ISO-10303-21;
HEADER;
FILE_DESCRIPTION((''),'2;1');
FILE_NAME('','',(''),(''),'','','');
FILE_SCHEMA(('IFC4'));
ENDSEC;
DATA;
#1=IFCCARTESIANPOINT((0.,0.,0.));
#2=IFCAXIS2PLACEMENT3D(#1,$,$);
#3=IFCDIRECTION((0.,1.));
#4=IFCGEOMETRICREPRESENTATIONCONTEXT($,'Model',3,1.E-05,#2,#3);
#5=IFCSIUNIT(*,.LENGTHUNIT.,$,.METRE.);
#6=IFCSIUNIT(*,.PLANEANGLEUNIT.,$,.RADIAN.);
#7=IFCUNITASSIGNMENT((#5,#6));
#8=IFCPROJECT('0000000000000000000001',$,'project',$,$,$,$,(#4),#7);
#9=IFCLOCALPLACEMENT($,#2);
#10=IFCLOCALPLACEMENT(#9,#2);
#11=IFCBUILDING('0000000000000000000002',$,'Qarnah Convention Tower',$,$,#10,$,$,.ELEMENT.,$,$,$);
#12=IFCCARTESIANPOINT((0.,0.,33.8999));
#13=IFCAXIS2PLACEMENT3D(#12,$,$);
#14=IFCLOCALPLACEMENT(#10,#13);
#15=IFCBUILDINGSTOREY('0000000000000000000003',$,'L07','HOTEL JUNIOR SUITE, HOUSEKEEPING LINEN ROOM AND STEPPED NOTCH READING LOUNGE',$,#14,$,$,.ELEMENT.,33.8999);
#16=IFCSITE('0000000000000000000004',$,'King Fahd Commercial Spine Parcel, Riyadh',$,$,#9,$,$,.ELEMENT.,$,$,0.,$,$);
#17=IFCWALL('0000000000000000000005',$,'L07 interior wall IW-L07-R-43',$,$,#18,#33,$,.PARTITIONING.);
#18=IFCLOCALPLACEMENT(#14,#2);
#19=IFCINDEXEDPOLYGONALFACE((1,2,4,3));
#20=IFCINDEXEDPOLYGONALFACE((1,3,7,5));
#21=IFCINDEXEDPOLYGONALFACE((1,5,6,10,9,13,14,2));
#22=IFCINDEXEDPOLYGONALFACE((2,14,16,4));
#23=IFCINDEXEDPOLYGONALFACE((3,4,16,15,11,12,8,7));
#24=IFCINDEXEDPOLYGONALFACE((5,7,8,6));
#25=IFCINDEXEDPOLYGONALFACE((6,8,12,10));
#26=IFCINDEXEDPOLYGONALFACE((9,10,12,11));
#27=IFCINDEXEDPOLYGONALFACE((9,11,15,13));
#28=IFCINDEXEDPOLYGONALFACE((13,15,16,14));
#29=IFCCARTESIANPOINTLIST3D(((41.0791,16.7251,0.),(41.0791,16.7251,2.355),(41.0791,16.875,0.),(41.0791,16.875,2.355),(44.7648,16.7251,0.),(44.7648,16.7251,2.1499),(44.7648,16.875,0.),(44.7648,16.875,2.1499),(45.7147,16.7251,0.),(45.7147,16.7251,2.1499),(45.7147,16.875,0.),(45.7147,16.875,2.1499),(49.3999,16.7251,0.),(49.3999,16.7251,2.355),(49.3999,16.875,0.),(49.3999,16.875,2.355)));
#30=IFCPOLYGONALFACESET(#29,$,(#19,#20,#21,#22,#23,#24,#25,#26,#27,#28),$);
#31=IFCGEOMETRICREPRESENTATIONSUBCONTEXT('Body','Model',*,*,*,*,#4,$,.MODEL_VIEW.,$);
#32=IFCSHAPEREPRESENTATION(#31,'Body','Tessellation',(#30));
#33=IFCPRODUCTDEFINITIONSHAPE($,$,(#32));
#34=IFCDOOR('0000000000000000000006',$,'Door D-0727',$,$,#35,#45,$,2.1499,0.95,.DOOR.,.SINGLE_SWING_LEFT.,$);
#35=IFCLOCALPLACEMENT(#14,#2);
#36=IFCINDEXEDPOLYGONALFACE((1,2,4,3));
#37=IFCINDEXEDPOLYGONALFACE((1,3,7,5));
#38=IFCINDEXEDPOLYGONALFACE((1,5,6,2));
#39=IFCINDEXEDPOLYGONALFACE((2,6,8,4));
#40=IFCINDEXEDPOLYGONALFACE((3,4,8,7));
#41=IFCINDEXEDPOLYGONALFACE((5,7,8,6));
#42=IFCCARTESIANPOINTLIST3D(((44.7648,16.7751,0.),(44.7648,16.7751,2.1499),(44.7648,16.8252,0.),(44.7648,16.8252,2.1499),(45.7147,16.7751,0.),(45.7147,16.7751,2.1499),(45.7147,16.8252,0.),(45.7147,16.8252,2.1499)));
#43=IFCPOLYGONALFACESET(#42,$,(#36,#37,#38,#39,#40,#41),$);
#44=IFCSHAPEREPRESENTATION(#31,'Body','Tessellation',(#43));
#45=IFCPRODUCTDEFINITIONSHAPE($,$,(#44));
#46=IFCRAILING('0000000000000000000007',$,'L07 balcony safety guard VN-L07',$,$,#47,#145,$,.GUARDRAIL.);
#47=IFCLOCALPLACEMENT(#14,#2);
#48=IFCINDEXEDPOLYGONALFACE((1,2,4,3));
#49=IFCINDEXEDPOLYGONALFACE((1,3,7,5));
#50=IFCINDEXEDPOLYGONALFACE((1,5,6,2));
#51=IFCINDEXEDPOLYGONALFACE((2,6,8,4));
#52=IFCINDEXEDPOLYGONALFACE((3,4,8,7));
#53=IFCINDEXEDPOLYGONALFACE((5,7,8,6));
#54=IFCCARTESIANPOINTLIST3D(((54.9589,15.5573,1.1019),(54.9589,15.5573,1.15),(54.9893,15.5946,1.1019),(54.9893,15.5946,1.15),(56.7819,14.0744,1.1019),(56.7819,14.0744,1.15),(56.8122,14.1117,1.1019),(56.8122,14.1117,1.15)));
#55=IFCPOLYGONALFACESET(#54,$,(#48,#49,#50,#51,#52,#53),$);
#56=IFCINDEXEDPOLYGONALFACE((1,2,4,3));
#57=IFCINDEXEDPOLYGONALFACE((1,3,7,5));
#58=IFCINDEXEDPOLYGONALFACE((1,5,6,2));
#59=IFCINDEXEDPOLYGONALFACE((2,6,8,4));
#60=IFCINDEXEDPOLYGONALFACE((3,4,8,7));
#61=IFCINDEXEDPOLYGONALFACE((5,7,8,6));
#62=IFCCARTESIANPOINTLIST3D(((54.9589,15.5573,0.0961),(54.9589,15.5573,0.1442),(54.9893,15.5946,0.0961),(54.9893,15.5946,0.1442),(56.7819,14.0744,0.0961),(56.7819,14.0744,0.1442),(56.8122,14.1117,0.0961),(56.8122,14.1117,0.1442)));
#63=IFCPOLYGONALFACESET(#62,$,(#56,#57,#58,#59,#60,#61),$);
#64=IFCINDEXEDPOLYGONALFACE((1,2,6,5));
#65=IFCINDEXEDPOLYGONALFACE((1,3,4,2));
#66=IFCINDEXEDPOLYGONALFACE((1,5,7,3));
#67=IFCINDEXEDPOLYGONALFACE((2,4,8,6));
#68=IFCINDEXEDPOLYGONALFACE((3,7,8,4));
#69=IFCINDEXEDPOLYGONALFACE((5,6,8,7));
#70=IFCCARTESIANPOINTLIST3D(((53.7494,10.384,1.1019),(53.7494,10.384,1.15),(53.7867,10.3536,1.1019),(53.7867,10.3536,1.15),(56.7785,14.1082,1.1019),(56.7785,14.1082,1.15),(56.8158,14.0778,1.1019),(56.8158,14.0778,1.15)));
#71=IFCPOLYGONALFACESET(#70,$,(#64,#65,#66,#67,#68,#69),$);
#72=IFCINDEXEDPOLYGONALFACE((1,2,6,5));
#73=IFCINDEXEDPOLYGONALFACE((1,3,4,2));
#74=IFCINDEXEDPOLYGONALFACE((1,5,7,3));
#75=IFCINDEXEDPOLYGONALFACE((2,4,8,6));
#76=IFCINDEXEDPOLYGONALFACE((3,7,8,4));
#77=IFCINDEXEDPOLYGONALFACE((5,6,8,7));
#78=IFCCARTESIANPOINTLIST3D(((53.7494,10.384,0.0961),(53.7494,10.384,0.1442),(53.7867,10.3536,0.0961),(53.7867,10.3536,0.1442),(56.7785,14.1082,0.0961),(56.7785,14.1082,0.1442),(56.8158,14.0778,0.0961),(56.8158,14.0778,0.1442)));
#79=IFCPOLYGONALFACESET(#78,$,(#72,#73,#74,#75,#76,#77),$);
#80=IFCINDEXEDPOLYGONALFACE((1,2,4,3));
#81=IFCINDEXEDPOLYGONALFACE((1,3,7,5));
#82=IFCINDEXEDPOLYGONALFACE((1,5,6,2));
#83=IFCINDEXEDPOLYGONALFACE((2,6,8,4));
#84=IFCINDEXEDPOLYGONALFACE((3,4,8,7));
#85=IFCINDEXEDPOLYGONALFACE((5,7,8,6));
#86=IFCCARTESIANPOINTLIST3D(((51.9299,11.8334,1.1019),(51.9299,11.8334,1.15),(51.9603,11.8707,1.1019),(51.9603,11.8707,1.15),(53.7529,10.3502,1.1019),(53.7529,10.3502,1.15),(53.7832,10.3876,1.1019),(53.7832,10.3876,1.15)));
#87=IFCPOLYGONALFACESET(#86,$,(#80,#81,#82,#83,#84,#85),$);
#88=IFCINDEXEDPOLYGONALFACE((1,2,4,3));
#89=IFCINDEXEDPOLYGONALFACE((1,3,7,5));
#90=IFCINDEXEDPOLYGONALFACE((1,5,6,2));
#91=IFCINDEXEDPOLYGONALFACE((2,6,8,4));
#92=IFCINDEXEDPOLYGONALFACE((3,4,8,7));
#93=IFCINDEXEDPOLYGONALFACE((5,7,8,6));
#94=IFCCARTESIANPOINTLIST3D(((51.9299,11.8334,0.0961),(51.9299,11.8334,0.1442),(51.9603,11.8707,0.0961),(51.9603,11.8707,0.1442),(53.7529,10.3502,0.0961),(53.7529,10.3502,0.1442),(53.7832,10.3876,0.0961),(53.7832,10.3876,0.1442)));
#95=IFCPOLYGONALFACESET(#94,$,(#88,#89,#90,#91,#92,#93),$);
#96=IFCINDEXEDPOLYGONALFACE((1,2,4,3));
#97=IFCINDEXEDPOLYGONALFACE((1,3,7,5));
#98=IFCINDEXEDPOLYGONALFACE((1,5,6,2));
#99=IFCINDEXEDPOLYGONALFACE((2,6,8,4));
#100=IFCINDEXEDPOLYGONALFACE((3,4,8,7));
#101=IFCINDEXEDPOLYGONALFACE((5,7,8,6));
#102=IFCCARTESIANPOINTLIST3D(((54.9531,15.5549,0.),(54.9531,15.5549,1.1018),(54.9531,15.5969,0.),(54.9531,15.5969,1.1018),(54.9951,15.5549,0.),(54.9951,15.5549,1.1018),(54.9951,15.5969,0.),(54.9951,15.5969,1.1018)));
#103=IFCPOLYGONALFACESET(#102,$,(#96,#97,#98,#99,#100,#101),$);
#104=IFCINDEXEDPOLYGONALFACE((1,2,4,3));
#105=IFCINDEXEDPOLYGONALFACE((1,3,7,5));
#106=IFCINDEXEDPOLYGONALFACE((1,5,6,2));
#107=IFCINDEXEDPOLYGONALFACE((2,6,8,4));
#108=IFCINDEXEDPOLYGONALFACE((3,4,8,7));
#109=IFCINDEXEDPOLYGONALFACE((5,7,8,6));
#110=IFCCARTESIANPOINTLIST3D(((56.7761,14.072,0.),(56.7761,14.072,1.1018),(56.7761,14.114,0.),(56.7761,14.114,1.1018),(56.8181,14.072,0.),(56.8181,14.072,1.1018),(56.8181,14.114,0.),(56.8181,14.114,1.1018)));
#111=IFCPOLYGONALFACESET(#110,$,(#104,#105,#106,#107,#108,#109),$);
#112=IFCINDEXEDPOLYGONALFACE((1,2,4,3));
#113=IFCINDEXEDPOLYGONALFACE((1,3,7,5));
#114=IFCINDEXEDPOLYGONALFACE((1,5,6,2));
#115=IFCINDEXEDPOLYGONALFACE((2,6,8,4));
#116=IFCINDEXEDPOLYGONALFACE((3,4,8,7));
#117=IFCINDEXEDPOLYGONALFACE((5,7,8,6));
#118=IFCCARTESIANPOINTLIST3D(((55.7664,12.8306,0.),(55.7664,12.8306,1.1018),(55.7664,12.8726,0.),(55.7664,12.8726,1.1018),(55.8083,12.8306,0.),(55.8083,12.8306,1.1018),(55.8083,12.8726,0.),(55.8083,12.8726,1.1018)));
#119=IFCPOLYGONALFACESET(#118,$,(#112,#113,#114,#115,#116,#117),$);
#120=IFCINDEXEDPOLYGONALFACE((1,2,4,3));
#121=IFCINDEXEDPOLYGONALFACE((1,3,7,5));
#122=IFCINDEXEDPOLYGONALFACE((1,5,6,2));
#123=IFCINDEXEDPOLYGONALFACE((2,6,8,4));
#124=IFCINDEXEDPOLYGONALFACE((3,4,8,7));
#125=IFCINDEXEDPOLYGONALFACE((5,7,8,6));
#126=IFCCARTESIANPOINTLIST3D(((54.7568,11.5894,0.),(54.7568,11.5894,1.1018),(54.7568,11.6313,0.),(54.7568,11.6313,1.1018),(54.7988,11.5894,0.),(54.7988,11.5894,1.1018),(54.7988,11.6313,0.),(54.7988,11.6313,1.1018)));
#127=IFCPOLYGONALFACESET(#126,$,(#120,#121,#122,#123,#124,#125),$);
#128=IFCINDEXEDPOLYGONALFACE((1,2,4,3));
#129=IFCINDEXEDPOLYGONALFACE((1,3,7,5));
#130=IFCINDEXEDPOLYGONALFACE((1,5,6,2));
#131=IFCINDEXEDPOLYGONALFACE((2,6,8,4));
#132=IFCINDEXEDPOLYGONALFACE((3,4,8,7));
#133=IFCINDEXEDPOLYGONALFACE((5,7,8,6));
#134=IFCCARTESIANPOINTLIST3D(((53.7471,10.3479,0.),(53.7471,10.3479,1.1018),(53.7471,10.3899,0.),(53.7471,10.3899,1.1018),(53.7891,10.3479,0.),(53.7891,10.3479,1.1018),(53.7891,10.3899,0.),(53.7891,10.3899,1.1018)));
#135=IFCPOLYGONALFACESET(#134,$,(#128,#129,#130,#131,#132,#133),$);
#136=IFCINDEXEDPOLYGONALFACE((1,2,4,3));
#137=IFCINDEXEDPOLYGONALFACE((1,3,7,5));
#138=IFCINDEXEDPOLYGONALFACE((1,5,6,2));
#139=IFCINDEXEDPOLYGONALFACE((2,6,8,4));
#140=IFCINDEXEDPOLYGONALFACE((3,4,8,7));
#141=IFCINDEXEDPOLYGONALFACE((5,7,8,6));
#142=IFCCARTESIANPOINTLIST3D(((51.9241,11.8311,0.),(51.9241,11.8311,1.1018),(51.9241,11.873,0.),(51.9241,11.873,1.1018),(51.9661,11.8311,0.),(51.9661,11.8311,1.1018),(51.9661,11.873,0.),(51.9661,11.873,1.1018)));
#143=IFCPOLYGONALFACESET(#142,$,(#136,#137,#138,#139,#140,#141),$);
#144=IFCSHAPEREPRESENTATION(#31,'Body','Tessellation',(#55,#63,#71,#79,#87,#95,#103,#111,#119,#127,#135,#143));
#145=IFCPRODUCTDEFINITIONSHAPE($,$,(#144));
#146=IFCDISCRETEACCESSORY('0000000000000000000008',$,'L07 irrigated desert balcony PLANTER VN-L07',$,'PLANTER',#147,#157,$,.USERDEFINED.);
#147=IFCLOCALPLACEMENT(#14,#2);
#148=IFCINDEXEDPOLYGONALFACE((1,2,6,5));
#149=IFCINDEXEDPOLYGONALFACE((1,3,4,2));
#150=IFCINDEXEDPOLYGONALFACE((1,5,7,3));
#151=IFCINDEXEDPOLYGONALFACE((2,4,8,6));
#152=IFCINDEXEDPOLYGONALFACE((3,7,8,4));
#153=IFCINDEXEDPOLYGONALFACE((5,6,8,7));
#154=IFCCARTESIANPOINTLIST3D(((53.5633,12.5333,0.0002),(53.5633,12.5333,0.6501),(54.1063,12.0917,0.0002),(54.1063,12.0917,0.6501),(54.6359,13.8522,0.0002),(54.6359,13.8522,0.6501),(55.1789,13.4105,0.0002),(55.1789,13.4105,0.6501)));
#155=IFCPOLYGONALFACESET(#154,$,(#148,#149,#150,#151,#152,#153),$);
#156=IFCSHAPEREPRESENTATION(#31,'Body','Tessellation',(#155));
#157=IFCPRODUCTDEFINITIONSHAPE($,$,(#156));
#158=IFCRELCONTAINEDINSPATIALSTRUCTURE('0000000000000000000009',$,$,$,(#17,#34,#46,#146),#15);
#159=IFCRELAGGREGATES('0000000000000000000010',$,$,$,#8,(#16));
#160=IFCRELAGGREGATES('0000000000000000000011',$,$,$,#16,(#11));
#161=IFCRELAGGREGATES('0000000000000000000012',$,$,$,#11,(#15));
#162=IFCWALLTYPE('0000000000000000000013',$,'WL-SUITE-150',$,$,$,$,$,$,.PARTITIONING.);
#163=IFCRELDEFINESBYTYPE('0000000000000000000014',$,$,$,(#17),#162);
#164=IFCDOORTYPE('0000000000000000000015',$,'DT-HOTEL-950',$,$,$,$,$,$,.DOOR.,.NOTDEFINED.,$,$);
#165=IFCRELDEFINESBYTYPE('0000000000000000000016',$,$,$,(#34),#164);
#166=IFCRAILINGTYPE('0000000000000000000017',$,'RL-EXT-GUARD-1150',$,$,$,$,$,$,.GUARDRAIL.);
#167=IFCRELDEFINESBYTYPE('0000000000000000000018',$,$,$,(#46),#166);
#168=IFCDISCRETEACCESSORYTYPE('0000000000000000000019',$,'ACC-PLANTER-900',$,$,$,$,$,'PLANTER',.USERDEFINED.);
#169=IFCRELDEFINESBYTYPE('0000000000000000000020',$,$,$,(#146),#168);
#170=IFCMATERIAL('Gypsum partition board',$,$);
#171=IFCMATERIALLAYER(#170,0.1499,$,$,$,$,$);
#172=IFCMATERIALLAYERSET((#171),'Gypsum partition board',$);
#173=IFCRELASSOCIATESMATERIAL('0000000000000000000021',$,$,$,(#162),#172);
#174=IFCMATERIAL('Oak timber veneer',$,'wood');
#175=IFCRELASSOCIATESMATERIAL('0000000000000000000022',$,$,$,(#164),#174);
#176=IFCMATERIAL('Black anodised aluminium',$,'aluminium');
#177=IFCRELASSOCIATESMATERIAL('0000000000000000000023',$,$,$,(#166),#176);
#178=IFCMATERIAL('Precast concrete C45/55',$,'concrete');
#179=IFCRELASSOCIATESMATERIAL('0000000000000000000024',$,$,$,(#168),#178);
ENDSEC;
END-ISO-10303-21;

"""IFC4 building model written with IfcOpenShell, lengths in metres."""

from ifc_helpers import new_model, si_unit, direction, frame, frame_2d, origin, origin_2d, place, context, subcontext, project, spatial, rectangle, extrude, material, layer, layer_set, type_object, element, fill, save


model = new_model("IFC4")

# Units and contexts
model_context = context("Model", 3, precision=1e-05, world=origin(), true_north=direction((0.0, 1.0)))
body_context = subcontext(model_context, "Body", "Model", "MODEL_VIEW")
ifc_project = project(units=[si_unit("LENGTHUNIT", "METRE"), si_unit("PLANEANGLEUNIT", "RADIAN")], contexts=[model_context])

# Site, building, storey
site_placement = place(None, origin())
site = spatial("IfcSite", under=ifc_project, at=site_placement, Name="King Fahd Commercial Spine Parcel, Riyadh", CompositionType="ELEMENT", RefElevation=0.0)
building_placement = place(site_placement, origin())
building = spatial("IfcBuilding", under=site, at=building_placement, Name="Qarnah Convention Tower", CompositionType="ELEMENT")
storey_placement = place(building_placement, frame((0.0, 0.0, 33.8999)))
storey = spatial("IfcBuildingStorey", under=building, at=storey_placement, Name="L07", Description="HOTEL JUNIOR SUITE, HOUSEKEEPING LINEN ROOM AND STEPPED NOTCH READING LOUNGE", CompositionType="ELEMENT", Elevation=33.8999)

# Shared definitions
ifc_material_1 = material(Name="Black anodised aluminium", Category="aluminium")

# Shared definitions
ifc_material_2 = material(Name="Precast concrete C45/55", Category="concrete")

# Shared definitions
ifc_material_3 = material(Name="Gypsum partition board")
ifc_layer_1 = layer(ifc_material_3, 0.1499)
ifc_layer_set_1 = layer_set([ifc_layer_1], Name="Gypsum partition board")
wall_type_1 = type_object("IfcWallType", Name="WL-SUITE-150", PredefinedType="PARTITIONING", material=ifc_layer_set_1)

# Wall, opening, door
wall_1_placement = place(storey_placement, frame((49.3999, 16.8, 0.0), z_axis=(0.0, 0.0, 1.0), x_axis=(-1.0, 0.0, 0.0)))
wall_1 = element("IfcWall", 1, at=wall_1_placement, inside=storey, type_object=wall_type_1, Name="L07 interior wall IW-L07-R-43", PredefinedType="PARTITIONING", context=body_context, shape_type="SweptSolid", body=[
    extrude(rectangle(XDim=8.3208, YDim=0.1499, at=frame_2d((4.1604, 0.0))), origin(), (0.0, 0.0, 1.0), 2.355),
])
opening_1_placement = place(wall_1_placement, frame((3.6851, 0.0, 0.0)))
opening_1 = element("IfcOpeningElement", 2, at=opening_1_placement, cuts=wall_1, PredefinedType="OPENING", context=body_context, shape_type="SweptSolid", body=[
    extrude(rectangle(XDim=0.95, YDim=2.1499, at=frame_2d((0.4751, 1.075))), frame((0.0, 0.085, 0.0), z_axis=(0.0, -1.0, 0.0), x_axis=(1.0, 0.0, 0.0)), (0.0, 0.0, 1.0), 0.1699),
])
ifc_material_4 = material(Name="Oak timber veneer", Category="wood")
door_type_1 = type_object("IfcDoorType", Name="DT-HOTEL-950", OperationType="NOTDEFINED", PredefinedType="DOOR", material=ifc_material_4)
door_1_placement = place(opening_1_placement, origin())
door_1 = element("IfcDoor", 3, at=door_1_placement, inside=storey, type_object=door_type_1, Name="Door D-0727", OperationType="SINGLE_SWING_LEFT", OverallHeight=2.1499, OverallWidth=0.95, PredefinedType="DOOR", context=body_context, shape_type="SweptSolid", body=[
    extrude(rectangle(XDim=0.95, YDim=2.1499, at=frame_2d((0.4751, 1.075))), frame((0.0, 0.0249, 0.0), z_axis=(0.0, -1.0, 0.0), x_axis=(1.0, 0.0, 0.0)), (0.0, 0.0, 1.0), 0.05),
])
fill(opening_1, door_1)

# Railing
railing_type = type_object("IfcRailingType", Name="RL-EXT-GUARD-1150", PredefinedType="GUARDRAIL", material=ifc_material_1)
railing_placement = place(storey_placement, frame((54.9741, 15.5759, 0.0)))
element("IfcRailing", 4, at=railing_placement, inside=storey, type_object=railing_type, Name="L07 balcony safety guard VN-L07", PredefinedType="GUARDRAIL", context=body_context, shape_type="SweptSolid", body=[
    extrude(rectangle(XDim=0.0481, YDim=0.0481, at=origin_2d()), frame((0.0, 0.0, 1.126), z_axis=(0.775755, -0.631034, 0.0), x_axis=(0.631034, 0.775755, 0.0)), (0.0, 0.0, 1.0), 2.3499),
    extrude(rectangle(XDim=0.0481, YDim=0.0481, at=origin_2d()), frame((0.0, 0.0, 0.1201), z_axis=(0.775755, -0.631034, 0.0), x_axis=(0.631034, 0.775755, 0.0)), (0.0, 0.0, 1.0), 2.3499),
    extrude(rectangle(XDim=0.0481, YDim=0.0481, at=origin_2d()), frame((1.823, -1.4829, 1.126), z_axis=(-0.630995, -0.775787, 0.0), x_axis=(0.775787, -0.630995, 0.0)), (0.0, 0.0, 1.0), 4.8005),
    extrude(rectangle(XDim=0.0481, YDim=0.0481, at=origin_2d()), frame((1.823, -1.4829, 0.1201), z_axis=(-0.630995, -0.775787, 0.0), x_axis=(0.775787, -0.630995, 0.0)), (0.0, 0.0, 1.0), 4.8005),
    extrude(rectangle(XDim=0.0481, YDim=0.0481, at=origin_2d()), frame((-1.2061, -5.207, 1.126), z_axis=(-0.775704, 0.631097, 0.0), x_axis=(-0.631097, -0.775704, 0.0)), (0.0, 0.0, 1.0), 2.3501),
    extrude(rectangle(XDim=0.0481, YDim=0.0481, at=origin_2d()), frame((-1.2061, -5.207, 0.1201), z_axis=(-0.775704, 0.631097, 0.0), x_axis=(-0.631097, -0.775704, 0.0)), (0.0, 0.0, 1.0), 2.3501),
    extrude(rectangle(XDim=0.042, YDim=0.042, at=origin_2d()), origin(), (0.0, 0.0, 1.0), 1.1018),
    extrude(rectangle(XDim=0.042, YDim=0.042, at=origin_2d()), frame((1.823, -1.4829, 0.0)), (0.0, 0.0, 1.0), 1.1018),
    extrude(rectangle(XDim=0.042, YDim=0.042, at=origin_2d()), frame((0.8132, -2.7244, 0.0)), (0.0, 0.0, 1.0), 1.1018),
    extrude(rectangle(XDim=0.042, YDim=0.042, at=origin_2d()), frame((-0.1963, -3.9656, 0.0)), (0.0, 0.0, 1.0), 1.1018),
    extrude(rectangle(XDim=0.042, YDim=0.042, at=origin_2d()), frame((-1.2061, -5.207, 0.0)), (0.0, 0.0, 1.0), 1.1018),
    extrude(rectangle(XDim=0.042, YDim=0.042, at=origin_2d()), frame((-3.0291, -3.7239, 0.0)), (0.0, 0.0, 1.0), 1.1018),
])

# Discrete accessory
discrete_accessory_type = type_object("IfcDiscreteAccessoryType", Name="ACC-PLANTER-900", ElementType="PLANTER", PredefinedType="USERDEFINED", material=ifc_material_2)
discrete_accessory_placement = place(storey_placement, frame((54.3711, 12.9719, 0.0002), z_axis=(0.0, 0.0, 1.0), x_axis=(0.630947, 0.775826, 0.0)))
element("IfcDiscreteAccessory", 5, at=discrete_accessory_placement, inside=storey, type_object=discrete_accessory_type, Name="L07 irrigated desert balcony PLANTER VN-L07", ObjectType="PLANTER", PredefinedType="USERDEFINED", context=body_context, shape_type="SweptSolid", body=[
    extrude(rectangle(XDim=1.7, YDim=0.7, at=origin_2d()), origin(), (0.0, 0.0, 1.0), 0.6499),
])

save(model, "model.ifc")
